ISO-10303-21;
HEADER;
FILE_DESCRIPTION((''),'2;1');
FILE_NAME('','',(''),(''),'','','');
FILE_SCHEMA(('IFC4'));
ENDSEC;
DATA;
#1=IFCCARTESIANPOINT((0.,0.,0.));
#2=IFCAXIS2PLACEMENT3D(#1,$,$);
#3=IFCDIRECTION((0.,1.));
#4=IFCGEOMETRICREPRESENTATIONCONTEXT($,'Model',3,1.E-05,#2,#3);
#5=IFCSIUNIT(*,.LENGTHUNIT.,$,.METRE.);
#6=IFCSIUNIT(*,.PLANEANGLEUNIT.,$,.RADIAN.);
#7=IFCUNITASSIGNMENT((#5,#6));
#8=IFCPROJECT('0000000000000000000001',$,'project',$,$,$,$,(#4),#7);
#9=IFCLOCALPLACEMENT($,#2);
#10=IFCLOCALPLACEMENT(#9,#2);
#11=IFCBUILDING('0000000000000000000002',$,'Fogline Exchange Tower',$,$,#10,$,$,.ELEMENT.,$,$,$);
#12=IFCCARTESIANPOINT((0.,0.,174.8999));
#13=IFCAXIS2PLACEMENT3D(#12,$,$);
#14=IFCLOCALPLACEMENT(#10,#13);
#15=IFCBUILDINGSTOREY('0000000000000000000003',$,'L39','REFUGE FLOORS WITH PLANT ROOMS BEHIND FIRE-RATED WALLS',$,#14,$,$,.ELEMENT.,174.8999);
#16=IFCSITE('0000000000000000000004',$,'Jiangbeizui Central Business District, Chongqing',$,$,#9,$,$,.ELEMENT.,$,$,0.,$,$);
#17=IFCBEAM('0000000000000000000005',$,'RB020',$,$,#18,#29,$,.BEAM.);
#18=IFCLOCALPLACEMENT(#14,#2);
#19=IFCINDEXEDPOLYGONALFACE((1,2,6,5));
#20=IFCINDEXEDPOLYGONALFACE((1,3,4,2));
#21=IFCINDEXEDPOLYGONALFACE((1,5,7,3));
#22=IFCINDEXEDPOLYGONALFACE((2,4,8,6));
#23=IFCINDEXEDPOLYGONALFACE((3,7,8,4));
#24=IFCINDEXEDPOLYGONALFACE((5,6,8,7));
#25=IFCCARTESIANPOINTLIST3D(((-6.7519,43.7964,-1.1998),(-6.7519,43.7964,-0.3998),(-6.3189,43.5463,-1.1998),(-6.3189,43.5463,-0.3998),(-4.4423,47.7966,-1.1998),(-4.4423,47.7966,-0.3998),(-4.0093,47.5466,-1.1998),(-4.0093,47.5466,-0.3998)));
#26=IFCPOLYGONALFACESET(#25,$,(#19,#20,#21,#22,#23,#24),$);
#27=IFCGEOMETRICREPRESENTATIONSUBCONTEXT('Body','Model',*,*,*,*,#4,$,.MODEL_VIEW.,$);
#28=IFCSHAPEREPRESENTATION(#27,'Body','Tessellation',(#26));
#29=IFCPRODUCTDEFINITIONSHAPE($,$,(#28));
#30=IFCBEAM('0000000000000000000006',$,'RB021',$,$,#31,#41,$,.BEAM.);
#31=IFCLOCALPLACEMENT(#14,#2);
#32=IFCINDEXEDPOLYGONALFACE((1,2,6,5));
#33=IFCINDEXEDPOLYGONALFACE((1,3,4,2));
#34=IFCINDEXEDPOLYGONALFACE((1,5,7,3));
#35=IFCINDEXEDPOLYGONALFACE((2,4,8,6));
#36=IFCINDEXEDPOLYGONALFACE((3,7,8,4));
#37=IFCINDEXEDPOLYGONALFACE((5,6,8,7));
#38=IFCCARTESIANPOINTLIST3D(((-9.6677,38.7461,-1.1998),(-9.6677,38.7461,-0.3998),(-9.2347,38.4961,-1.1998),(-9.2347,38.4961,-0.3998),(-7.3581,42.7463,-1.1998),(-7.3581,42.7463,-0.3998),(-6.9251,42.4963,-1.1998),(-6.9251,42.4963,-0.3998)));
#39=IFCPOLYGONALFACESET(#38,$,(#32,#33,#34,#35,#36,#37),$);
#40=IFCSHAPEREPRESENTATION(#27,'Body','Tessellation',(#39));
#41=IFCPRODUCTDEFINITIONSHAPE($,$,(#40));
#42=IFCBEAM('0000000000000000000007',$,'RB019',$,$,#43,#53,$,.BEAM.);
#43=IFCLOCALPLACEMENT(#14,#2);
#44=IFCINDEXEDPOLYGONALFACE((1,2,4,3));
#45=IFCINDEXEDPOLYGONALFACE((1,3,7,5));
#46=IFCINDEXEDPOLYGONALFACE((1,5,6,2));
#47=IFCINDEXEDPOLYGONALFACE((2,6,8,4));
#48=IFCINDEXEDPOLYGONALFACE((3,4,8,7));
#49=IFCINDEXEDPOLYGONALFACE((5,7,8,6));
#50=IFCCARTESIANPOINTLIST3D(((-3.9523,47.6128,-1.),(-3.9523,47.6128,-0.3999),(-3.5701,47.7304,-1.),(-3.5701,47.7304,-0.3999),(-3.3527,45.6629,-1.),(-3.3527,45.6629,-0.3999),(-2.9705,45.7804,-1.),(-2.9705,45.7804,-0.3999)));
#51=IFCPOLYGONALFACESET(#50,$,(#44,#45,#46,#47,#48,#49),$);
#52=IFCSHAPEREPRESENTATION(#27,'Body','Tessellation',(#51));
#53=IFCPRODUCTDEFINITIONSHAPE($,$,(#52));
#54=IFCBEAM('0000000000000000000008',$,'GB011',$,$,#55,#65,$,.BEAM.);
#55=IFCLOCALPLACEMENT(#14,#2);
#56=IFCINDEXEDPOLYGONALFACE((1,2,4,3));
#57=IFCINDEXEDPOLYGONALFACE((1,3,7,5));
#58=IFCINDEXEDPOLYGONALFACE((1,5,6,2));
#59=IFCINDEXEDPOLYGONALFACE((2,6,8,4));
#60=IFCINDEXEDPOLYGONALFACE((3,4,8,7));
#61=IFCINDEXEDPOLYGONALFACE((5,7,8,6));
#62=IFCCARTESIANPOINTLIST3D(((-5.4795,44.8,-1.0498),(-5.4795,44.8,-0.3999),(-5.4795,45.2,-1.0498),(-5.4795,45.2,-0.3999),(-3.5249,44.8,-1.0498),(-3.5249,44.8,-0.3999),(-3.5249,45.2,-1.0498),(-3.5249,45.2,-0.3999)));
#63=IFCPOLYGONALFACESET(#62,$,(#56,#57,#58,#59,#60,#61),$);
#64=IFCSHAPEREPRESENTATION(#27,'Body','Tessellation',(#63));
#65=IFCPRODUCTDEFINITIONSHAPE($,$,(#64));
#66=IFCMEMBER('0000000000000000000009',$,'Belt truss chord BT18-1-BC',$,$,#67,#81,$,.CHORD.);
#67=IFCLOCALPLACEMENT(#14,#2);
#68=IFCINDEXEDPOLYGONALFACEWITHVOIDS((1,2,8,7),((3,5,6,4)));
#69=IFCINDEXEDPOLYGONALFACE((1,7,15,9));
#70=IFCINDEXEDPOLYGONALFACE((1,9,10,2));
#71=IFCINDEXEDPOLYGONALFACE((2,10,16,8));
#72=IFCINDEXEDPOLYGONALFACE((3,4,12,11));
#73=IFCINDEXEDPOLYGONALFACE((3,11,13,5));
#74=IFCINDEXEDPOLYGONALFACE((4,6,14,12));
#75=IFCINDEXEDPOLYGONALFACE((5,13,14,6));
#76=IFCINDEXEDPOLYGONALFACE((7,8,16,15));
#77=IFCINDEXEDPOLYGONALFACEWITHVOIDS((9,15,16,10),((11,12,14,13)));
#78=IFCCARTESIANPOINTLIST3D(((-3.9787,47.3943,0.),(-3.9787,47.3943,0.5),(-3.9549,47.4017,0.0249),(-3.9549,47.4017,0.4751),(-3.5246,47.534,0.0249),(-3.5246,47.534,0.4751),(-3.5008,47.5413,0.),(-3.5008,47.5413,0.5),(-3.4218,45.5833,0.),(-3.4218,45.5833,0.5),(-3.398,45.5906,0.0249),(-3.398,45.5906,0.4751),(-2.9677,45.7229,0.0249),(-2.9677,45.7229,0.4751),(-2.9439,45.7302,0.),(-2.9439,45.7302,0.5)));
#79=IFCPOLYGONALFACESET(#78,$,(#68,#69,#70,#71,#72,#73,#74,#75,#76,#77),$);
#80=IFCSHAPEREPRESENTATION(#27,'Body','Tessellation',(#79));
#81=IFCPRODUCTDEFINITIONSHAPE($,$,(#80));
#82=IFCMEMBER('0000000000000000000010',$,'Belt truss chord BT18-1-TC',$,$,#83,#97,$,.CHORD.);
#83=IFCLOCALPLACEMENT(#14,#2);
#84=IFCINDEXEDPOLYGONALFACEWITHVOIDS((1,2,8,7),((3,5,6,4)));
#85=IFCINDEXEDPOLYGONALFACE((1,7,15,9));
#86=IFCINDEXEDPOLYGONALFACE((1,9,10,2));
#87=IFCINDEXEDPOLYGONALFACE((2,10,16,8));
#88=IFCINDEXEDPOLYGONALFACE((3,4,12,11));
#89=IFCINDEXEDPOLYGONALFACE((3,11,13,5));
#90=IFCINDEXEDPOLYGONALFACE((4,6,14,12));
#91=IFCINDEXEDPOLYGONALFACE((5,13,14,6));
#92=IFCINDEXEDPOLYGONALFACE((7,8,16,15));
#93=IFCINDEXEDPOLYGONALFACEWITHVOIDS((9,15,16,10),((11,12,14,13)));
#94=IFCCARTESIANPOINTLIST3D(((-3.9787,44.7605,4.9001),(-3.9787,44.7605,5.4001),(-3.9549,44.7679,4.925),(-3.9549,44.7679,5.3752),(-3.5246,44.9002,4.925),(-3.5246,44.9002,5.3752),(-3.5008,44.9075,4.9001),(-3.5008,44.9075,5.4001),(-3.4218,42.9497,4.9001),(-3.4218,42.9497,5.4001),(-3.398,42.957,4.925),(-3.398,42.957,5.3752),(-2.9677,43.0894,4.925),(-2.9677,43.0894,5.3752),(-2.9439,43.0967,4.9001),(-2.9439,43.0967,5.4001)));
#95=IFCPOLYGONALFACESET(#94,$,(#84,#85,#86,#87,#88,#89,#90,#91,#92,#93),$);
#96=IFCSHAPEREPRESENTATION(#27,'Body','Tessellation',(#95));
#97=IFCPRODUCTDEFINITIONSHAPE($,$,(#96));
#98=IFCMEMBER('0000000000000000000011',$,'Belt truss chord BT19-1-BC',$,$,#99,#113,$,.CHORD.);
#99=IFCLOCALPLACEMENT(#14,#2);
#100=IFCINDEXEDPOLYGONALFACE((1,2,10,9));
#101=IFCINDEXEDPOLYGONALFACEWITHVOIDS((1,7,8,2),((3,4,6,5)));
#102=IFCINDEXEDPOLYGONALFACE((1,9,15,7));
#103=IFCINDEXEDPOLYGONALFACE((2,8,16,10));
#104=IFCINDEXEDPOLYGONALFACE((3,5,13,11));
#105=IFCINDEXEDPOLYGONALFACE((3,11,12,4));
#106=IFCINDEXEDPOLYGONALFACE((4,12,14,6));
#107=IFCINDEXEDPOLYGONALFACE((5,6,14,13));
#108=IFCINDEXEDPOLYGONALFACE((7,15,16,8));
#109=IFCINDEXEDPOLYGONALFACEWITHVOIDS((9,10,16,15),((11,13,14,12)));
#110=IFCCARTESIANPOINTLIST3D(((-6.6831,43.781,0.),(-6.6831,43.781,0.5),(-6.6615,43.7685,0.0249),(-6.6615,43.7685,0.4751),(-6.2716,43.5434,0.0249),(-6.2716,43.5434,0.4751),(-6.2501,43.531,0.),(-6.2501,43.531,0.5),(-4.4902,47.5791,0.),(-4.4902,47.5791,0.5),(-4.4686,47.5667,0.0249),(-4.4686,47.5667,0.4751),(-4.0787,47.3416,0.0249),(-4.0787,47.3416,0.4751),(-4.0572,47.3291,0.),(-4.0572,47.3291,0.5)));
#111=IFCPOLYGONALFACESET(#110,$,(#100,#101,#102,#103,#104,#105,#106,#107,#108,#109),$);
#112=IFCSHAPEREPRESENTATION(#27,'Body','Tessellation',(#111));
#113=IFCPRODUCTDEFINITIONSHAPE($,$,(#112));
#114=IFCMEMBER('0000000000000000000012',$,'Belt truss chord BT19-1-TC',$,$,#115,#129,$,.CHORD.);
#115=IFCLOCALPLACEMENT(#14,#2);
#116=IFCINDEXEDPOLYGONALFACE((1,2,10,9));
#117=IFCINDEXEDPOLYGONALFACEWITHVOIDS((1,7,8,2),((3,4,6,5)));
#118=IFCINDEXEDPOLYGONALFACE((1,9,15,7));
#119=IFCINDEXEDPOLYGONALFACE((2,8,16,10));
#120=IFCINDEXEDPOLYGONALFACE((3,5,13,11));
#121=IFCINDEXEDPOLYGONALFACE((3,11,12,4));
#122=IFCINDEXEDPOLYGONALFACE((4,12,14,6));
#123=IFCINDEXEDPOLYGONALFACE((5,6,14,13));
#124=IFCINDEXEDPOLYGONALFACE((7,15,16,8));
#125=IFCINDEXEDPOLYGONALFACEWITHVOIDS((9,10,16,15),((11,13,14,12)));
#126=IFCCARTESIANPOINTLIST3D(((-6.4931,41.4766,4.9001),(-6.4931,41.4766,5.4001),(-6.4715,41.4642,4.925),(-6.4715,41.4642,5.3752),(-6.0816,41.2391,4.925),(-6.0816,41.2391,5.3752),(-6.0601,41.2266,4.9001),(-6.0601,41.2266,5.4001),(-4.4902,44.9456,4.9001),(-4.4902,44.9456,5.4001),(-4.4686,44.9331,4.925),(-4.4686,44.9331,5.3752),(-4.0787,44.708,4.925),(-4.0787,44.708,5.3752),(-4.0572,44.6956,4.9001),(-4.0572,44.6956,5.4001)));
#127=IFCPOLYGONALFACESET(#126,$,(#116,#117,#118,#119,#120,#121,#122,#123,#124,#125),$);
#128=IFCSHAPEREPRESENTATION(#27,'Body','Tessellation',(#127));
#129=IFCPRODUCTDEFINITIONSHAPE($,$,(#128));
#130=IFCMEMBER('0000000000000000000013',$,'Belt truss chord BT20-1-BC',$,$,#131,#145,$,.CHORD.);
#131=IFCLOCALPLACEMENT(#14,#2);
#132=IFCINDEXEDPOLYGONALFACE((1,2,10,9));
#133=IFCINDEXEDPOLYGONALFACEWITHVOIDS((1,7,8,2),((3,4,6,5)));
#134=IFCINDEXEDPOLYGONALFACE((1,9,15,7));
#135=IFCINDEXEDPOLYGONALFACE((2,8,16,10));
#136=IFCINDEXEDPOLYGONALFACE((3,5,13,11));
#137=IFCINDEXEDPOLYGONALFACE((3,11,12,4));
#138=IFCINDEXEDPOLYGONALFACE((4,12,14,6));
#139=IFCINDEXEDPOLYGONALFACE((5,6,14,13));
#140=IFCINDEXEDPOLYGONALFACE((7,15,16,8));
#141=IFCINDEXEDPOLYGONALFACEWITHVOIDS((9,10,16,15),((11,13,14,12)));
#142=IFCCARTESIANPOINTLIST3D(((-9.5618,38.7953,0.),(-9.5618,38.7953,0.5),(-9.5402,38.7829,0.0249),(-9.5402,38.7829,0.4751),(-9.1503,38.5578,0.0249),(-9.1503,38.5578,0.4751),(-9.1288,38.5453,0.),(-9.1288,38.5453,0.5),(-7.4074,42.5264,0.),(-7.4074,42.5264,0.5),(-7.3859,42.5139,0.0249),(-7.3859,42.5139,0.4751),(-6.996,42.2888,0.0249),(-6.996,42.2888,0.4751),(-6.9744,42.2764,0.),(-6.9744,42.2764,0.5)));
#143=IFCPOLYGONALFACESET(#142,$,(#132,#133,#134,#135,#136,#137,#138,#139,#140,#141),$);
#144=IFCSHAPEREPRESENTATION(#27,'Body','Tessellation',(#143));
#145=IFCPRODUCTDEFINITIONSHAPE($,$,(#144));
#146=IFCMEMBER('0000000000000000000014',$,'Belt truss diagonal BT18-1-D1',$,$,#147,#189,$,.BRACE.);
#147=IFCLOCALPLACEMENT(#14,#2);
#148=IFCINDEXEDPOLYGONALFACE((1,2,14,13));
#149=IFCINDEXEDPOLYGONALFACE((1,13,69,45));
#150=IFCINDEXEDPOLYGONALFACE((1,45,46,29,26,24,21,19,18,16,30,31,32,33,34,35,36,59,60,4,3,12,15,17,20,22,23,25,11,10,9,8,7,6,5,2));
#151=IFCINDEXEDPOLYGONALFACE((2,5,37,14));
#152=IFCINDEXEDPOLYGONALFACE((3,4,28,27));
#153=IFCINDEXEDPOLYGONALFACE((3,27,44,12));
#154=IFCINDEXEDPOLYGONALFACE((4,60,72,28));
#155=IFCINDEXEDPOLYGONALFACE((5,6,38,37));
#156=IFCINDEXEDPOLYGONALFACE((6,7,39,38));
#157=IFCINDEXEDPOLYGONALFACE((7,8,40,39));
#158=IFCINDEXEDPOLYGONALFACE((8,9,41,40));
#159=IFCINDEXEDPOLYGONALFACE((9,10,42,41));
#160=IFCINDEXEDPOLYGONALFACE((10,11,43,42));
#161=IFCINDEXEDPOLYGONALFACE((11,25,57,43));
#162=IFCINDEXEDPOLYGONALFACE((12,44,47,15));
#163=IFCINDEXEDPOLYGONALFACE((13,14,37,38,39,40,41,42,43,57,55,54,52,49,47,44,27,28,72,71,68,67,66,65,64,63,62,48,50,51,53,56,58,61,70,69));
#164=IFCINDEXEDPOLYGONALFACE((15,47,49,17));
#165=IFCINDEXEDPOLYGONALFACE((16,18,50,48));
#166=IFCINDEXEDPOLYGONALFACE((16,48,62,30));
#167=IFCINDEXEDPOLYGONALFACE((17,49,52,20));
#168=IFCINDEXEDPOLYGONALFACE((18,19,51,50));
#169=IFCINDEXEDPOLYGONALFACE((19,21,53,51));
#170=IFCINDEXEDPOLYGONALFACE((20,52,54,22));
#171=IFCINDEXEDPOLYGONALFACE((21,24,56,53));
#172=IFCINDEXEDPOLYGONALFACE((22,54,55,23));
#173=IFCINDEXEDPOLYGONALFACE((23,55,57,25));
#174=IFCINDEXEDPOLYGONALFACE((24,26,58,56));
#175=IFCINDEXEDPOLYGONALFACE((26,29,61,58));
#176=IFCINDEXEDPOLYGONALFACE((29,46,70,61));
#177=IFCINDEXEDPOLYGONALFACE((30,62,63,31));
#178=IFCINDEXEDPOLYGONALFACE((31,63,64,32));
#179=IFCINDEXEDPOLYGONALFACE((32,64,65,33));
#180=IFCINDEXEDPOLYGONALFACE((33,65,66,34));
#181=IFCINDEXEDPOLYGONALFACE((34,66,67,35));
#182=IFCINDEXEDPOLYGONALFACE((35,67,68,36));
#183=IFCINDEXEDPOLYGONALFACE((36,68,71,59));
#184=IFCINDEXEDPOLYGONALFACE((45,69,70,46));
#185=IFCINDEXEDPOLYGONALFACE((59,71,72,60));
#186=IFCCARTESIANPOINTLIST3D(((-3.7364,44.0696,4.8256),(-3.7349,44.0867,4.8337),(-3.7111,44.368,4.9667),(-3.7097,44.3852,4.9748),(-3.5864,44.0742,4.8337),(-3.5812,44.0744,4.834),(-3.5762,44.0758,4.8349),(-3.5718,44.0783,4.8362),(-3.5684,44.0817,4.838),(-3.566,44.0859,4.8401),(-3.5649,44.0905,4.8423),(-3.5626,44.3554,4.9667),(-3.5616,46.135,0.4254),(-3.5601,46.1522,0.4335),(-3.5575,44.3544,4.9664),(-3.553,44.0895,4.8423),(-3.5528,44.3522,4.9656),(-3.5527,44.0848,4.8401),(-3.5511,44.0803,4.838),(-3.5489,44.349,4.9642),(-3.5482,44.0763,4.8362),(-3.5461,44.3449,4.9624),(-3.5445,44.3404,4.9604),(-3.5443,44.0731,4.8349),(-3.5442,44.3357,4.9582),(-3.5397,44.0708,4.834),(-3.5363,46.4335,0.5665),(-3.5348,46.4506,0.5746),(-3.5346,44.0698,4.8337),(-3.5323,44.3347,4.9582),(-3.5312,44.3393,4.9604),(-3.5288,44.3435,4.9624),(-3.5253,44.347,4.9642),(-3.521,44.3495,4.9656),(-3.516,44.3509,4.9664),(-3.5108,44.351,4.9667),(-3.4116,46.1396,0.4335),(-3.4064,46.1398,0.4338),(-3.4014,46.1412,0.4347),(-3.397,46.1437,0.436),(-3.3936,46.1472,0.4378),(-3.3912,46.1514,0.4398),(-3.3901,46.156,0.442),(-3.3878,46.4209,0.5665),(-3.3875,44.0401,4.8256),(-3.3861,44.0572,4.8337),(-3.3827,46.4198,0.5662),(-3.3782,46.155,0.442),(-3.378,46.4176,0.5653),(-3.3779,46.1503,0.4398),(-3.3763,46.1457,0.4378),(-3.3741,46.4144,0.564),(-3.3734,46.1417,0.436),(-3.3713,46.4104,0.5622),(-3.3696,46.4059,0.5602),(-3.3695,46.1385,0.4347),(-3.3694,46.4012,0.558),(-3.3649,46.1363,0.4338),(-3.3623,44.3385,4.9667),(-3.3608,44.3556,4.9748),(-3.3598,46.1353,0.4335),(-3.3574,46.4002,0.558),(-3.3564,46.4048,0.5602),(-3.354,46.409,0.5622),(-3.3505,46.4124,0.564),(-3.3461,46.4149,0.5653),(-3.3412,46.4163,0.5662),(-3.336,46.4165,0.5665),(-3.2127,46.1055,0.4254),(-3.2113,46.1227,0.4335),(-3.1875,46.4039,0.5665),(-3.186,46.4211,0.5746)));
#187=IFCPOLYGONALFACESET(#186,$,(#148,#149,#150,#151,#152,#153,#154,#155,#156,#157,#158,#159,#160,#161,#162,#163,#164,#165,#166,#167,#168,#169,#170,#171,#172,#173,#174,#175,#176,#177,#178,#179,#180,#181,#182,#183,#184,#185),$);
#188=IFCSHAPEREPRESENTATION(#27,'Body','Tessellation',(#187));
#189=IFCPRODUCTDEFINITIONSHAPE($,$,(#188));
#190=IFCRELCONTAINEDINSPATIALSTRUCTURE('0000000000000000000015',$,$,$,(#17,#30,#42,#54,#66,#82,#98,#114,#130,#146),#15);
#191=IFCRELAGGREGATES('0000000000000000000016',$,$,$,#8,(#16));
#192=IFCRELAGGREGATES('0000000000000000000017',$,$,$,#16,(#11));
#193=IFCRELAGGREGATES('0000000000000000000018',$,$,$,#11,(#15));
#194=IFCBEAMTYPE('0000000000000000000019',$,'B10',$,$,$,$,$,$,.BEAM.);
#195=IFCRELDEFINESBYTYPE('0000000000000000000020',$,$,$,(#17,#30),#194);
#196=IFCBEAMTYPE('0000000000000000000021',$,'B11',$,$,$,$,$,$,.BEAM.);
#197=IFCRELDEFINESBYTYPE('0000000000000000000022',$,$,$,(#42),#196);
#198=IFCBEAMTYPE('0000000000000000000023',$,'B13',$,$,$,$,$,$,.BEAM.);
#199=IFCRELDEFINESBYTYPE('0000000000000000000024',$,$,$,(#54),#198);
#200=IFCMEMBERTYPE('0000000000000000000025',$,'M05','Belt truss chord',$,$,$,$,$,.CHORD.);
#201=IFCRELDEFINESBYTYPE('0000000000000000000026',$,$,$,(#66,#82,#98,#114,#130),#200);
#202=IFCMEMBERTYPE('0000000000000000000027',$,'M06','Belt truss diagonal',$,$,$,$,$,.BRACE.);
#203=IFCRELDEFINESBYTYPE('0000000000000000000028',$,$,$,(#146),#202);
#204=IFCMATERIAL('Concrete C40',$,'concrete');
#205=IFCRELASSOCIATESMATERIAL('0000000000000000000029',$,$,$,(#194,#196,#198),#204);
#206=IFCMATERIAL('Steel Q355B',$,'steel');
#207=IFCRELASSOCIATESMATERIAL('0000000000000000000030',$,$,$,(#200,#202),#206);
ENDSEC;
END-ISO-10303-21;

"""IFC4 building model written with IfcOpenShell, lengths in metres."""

from ifc_helpers import new_model, si_unit, direction, frame, origin, origin_2d, place, context, subcontext, project, spatial, rectangle, hollow_rectangle, i_section, extrude, material, material_profile, profile_set, type_object, element, save


model = new_model("IFC4")

# Units and contexts
model_context = context("Model", 3, precision=1e-05, world=origin(), true_north=direction((0.0, 1.0)))
body_context = subcontext(model_context, "Body", "Model", "MODEL_VIEW")
ifc_project = project(units=[si_unit("LENGTHUNIT", "METRE"), si_unit("PLANEANGLEUNIT", "RADIAN")], contexts=[model_context])

# Site, building, storey
site_placement = place(None, origin())
site = spatial("IfcSite", under=ifc_project, at=site_placement, Name="Jiangbeizui Central Business District, Chongqing", CompositionType="ELEMENT", RefElevation=0.0)
building_placement = place(site_placement, origin())
building = spatial("IfcBuilding", under=site, at=building_placement, Name="Fogline Exchange Tower", CompositionType="ELEMENT")
storey_placement = place(building_placement, frame((0.0, 0.0, 174.8999)))
storey = spatial("IfcBuildingStorey", under=building, at=storey_placement, Name="L39", Description="REFUGE FLOORS WITH PLANT ROOMS BEHIND FIRE-RATED WALLS", CompositionType="ELEMENT", Elevation=174.8999)

# Beams
ifc_material_1 = material(Name="Concrete C40", Category="concrete")
ifc_material_profile_1 = material_profile(ifc_material_1, rectangle(XDim=0.5, YDim=0.8, at=origin_2d()), Name="RC 500x800")
ifc_profile_set_1 = profile_set([ifc_material_profile_1], Name="Concrete C40")
beam_type_1 = type_object("IfcBeamType", Name="B10", PredefinedType="BEAM", material=ifc_profile_set_1)
for number, where, z_axis, x_axis, name in (
    (1, (-4.2258, 47.6716, -0.7998), (-0.500005, -0.866023, 0.0), (0.866023, -0.500005, 0.0), "RB020"),
    (2, (-7.1416, 42.6213, -0.7998), (-0.500005, -0.866023, 0.0), (0.866023, -0.500005, 0.0), "RB021"),
):
    element("IfcBeam", number, at=place(storey_placement, frame(where, z_axis=z_axis, x_axis=x_axis)), inside=storey, type_object=beam_type_1, Name=name, PredefinedType="BEAM", context=body_context, shape_type="SweptSolid", body=[
        extrude(rectangle(XDim=0.5, YDim=0.8, at=origin_2d()), origin(), (0.0, 0.0, 1.0), 4.6191),
    ])
ifc_material_profile_2 = material_profile(ifc_material_1, rectangle(XDim=0.3999, YDim=0.6001, at=origin_2d()), Name="RC 400x600")
ifc_profile_set_2 = profile_set([ifc_material_profile_2], Name="Concrete C40")
beam_type_2 = type_object("IfcBeamType", Name="B11", PredefinedType="BEAM", material=ifc_profile_set_2)
beam_1_placement = place(storey_placement, frame((-3.1616, 45.7217, -0.7), z_axis=(-0.293918, 0.955831, 0.0), x_axis=(-0.955831, -0.293918, 0.0)))
element("IfcBeam", 3, at=beam_1_placement, inside=storey, type_object=beam_type_2, Name="RB019", PredefinedType="BEAM", context=body_context, shape_type="SweptSolid", body=[
    extrude(rectangle(XDim=0.3999, YDim=0.6001, at=origin_2d()), origin(), (0.0, 0.0, 1.0), 2.04),
])
ifc_material_profile_3 = material_profile(ifc_material_1, rectangle(XDim=0.3999, YDim=0.6499, at=origin_2d()), Name="RC 400x650")
ifc_profile_set_3 = profile_set([ifc_material_profile_3], Name="Concrete C40")
beam_type_3 = type_object("IfcBeamType", Name="B13", PredefinedType="BEAM", material=ifc_profile_set_3)
beam_2_placement = place(storey_placement, frame((-5.4795, 45.0, -0.7249), z_axis=(1.0, 0.0, 0.0), x_axis=(0.0, 1.0, 0.0)))
element("IfcBeam", 4, at=beam_2_placement, inside=storey, type_object=beam_type_3, Name="GB011", PredefinedType="BEAM", context=body_context, shape_type="SweptSolid", body=[
    extrude(rectangle(XDim=0.3999, YDim=0.6499, at=origin_2d()), origin(), (0.0, 0.0, 1.0), 1.9546),
])

# Members
ifc_material_2 = material(Name="Steel Q355B", Category="steel")
ifc_material_profile_4 = material_profile(ifc_material_2, hollow_rectangle(XDim=0.5, YDim=0.5, WallThickness=0.0249, at=origin_2d()), Name="BOX500X500X25")
ifc_profile_set_4 = profile_set([ifc_material_profile_4], Name="Steel Q355B")
member_type_1 = type_object("IfcMemberType", Name="M05", Description="Belt truss chord", PredefinedType="CHORD", material=ifc_profile_set_4)
member_1_placement = place(storey_placement, frame((-3.1829, 45.6567, 0.25), z_axis=(-0.293914, 0.955832, 0.0), x_axis=(-0.955832, -0.293914, 0.0)))
element("IfcMember", 5, at=member_1_placement, inside=storey, type_object=member_type_1, Name="Belt truss chord BT18-1-BC", PredefinedType="CHORD", context=body_context, shape_type="SweptSolid", body=[
    extrude(hollow_rectangle(XDim=0.5, YDim=0.5, WallThickness=0.0249, at=origin_2d()), origin(), (0.0, 0.0, 1.0), 1.8948),
])
member_2_placement = place(storey_placement, frame((-3.1829, 43.0232, 5.1501), z_axis=(-0.29395, 0.955821, 0.0), x_axis=(-0.955821, -0.29395, 0.0)))
element("IfcMember", 6, at=member_2_placement, inside=storey, type_object=member_type_1, Name="Belt truss chord BT18-1-TC", PredefinedType="CHORD", context=body_context, shape_type="SweptSolid", body=[
    extrude(hollow_rectangle(XDim=0.5, YDim=0.5, WallThickness=0.0249, at=origin_2d()), origin(), (0.0, 0.0, 1.0), 1.8945),
])
member_3_placement = place(storey_placement, frame((-4.2737, 47.4541, 0.25), z_axis=(-0.500007, -0.866022, 0.0), x_axis=(0.866022, -0.500007, 0.0)))
element("IfcMember", 7, at=member_3_placement, inside=storey, type_object=member_type_1, Name="Belt truss chord BT19-1-BC", PredefinedType="CHORD", context=body_context, shape_type="SweptSolid", body=[
    extrude(hollow_rectangle(XDim=0.5, YDim=0.5, WallThickness=0.0249, at=origin_2d()), origin(), (0.0, 0.0, 1.0), 4.3857),
])
member_4_placement = place(storey_placement, frame((-4.2737, 44.8206, 5.1501), z_axis=(-0.50002, -0.866014, 0.0), x_axis=(0.866014, -0.50002, 0.0)))
element("IfcMember", 8, at=member_4_placement, inside=storey, type_object=member_type_1, Name="Belt truss chord BT19-1-TC", PredefinedType="CHORD", context=body_context, shape_type="SweptSolid", body=[
    extrude(hollow_rectangle(XDim=0.5, YDim=0.5, WallThickness=0.0249, at=origin_2d()), origin(), (0.0, 0.0, 1.0), 4.0056),
])
member_5_placement = place(storey_placement, frame((-7.1909, 42.4014, 0.25), z_axis=(-0.50004, -0.866003, 0.0), x_axis=(0.866003, -0.50004, 0.0)))
element("IfcMember", 9, at=member_5_placement, inside=storey, type_object=member_type_1, Name="Belt truss chord BT20-1-BC", PredefinedType="CHORD", context=body_context, shape_type="SweptSolid", body=[
    extrude(hollow_rectangle(XDim=0.5, YDim=0.5, WallThickness=0.0249, at=origin_2d()), origin(), (0.0, 0.0, 1.0), 4.3083),
])
ifc_material_profile_5 = material_profile(ifc_material_2, i_section(OverallWidth=0.3501, OverallDepth=0.3501, WebThickness=0.012, FlangeThickness=0.019, FilletRadius=0.02, at=origin_2d()), Name="HW350X350X12X19")
ifc_profile_set_5 = profile_set([ifc_material_profile_5], Name="Steel Q355B")
member_type_2 = type_object("IfcMemberType", Name="M06", Description="Belt truss diagonal", PredefinedType="BRACE", material=ifc_profile_set_5)
member_6_placement = place(storey_placement, frame((-3.3738, 46.2781, 0.5), z_axis=(-0.035939, -0.424642, 0.904648), x_axis=(0.996438, -0.084332, 0.0)))
element("IfcMember", 10, at=member_6_placement, inside=storey, type_object=member_type_2, Name="Belt truss diagonal BT18-1-D1", PredefinedType="BRACE", context=body_context, shape_type="SweptSolid", body=[
    extrude(i_section(OverallWidth=0.3501, OverallDepth=0.3501, WebThickness=0.012, FlangeThickness=0.019, FilletRadius=0.02, at=origin_2d()), origin(), (0.0, 0.0, 1.0), 4.864),
])

save(model, "model.ifc")
